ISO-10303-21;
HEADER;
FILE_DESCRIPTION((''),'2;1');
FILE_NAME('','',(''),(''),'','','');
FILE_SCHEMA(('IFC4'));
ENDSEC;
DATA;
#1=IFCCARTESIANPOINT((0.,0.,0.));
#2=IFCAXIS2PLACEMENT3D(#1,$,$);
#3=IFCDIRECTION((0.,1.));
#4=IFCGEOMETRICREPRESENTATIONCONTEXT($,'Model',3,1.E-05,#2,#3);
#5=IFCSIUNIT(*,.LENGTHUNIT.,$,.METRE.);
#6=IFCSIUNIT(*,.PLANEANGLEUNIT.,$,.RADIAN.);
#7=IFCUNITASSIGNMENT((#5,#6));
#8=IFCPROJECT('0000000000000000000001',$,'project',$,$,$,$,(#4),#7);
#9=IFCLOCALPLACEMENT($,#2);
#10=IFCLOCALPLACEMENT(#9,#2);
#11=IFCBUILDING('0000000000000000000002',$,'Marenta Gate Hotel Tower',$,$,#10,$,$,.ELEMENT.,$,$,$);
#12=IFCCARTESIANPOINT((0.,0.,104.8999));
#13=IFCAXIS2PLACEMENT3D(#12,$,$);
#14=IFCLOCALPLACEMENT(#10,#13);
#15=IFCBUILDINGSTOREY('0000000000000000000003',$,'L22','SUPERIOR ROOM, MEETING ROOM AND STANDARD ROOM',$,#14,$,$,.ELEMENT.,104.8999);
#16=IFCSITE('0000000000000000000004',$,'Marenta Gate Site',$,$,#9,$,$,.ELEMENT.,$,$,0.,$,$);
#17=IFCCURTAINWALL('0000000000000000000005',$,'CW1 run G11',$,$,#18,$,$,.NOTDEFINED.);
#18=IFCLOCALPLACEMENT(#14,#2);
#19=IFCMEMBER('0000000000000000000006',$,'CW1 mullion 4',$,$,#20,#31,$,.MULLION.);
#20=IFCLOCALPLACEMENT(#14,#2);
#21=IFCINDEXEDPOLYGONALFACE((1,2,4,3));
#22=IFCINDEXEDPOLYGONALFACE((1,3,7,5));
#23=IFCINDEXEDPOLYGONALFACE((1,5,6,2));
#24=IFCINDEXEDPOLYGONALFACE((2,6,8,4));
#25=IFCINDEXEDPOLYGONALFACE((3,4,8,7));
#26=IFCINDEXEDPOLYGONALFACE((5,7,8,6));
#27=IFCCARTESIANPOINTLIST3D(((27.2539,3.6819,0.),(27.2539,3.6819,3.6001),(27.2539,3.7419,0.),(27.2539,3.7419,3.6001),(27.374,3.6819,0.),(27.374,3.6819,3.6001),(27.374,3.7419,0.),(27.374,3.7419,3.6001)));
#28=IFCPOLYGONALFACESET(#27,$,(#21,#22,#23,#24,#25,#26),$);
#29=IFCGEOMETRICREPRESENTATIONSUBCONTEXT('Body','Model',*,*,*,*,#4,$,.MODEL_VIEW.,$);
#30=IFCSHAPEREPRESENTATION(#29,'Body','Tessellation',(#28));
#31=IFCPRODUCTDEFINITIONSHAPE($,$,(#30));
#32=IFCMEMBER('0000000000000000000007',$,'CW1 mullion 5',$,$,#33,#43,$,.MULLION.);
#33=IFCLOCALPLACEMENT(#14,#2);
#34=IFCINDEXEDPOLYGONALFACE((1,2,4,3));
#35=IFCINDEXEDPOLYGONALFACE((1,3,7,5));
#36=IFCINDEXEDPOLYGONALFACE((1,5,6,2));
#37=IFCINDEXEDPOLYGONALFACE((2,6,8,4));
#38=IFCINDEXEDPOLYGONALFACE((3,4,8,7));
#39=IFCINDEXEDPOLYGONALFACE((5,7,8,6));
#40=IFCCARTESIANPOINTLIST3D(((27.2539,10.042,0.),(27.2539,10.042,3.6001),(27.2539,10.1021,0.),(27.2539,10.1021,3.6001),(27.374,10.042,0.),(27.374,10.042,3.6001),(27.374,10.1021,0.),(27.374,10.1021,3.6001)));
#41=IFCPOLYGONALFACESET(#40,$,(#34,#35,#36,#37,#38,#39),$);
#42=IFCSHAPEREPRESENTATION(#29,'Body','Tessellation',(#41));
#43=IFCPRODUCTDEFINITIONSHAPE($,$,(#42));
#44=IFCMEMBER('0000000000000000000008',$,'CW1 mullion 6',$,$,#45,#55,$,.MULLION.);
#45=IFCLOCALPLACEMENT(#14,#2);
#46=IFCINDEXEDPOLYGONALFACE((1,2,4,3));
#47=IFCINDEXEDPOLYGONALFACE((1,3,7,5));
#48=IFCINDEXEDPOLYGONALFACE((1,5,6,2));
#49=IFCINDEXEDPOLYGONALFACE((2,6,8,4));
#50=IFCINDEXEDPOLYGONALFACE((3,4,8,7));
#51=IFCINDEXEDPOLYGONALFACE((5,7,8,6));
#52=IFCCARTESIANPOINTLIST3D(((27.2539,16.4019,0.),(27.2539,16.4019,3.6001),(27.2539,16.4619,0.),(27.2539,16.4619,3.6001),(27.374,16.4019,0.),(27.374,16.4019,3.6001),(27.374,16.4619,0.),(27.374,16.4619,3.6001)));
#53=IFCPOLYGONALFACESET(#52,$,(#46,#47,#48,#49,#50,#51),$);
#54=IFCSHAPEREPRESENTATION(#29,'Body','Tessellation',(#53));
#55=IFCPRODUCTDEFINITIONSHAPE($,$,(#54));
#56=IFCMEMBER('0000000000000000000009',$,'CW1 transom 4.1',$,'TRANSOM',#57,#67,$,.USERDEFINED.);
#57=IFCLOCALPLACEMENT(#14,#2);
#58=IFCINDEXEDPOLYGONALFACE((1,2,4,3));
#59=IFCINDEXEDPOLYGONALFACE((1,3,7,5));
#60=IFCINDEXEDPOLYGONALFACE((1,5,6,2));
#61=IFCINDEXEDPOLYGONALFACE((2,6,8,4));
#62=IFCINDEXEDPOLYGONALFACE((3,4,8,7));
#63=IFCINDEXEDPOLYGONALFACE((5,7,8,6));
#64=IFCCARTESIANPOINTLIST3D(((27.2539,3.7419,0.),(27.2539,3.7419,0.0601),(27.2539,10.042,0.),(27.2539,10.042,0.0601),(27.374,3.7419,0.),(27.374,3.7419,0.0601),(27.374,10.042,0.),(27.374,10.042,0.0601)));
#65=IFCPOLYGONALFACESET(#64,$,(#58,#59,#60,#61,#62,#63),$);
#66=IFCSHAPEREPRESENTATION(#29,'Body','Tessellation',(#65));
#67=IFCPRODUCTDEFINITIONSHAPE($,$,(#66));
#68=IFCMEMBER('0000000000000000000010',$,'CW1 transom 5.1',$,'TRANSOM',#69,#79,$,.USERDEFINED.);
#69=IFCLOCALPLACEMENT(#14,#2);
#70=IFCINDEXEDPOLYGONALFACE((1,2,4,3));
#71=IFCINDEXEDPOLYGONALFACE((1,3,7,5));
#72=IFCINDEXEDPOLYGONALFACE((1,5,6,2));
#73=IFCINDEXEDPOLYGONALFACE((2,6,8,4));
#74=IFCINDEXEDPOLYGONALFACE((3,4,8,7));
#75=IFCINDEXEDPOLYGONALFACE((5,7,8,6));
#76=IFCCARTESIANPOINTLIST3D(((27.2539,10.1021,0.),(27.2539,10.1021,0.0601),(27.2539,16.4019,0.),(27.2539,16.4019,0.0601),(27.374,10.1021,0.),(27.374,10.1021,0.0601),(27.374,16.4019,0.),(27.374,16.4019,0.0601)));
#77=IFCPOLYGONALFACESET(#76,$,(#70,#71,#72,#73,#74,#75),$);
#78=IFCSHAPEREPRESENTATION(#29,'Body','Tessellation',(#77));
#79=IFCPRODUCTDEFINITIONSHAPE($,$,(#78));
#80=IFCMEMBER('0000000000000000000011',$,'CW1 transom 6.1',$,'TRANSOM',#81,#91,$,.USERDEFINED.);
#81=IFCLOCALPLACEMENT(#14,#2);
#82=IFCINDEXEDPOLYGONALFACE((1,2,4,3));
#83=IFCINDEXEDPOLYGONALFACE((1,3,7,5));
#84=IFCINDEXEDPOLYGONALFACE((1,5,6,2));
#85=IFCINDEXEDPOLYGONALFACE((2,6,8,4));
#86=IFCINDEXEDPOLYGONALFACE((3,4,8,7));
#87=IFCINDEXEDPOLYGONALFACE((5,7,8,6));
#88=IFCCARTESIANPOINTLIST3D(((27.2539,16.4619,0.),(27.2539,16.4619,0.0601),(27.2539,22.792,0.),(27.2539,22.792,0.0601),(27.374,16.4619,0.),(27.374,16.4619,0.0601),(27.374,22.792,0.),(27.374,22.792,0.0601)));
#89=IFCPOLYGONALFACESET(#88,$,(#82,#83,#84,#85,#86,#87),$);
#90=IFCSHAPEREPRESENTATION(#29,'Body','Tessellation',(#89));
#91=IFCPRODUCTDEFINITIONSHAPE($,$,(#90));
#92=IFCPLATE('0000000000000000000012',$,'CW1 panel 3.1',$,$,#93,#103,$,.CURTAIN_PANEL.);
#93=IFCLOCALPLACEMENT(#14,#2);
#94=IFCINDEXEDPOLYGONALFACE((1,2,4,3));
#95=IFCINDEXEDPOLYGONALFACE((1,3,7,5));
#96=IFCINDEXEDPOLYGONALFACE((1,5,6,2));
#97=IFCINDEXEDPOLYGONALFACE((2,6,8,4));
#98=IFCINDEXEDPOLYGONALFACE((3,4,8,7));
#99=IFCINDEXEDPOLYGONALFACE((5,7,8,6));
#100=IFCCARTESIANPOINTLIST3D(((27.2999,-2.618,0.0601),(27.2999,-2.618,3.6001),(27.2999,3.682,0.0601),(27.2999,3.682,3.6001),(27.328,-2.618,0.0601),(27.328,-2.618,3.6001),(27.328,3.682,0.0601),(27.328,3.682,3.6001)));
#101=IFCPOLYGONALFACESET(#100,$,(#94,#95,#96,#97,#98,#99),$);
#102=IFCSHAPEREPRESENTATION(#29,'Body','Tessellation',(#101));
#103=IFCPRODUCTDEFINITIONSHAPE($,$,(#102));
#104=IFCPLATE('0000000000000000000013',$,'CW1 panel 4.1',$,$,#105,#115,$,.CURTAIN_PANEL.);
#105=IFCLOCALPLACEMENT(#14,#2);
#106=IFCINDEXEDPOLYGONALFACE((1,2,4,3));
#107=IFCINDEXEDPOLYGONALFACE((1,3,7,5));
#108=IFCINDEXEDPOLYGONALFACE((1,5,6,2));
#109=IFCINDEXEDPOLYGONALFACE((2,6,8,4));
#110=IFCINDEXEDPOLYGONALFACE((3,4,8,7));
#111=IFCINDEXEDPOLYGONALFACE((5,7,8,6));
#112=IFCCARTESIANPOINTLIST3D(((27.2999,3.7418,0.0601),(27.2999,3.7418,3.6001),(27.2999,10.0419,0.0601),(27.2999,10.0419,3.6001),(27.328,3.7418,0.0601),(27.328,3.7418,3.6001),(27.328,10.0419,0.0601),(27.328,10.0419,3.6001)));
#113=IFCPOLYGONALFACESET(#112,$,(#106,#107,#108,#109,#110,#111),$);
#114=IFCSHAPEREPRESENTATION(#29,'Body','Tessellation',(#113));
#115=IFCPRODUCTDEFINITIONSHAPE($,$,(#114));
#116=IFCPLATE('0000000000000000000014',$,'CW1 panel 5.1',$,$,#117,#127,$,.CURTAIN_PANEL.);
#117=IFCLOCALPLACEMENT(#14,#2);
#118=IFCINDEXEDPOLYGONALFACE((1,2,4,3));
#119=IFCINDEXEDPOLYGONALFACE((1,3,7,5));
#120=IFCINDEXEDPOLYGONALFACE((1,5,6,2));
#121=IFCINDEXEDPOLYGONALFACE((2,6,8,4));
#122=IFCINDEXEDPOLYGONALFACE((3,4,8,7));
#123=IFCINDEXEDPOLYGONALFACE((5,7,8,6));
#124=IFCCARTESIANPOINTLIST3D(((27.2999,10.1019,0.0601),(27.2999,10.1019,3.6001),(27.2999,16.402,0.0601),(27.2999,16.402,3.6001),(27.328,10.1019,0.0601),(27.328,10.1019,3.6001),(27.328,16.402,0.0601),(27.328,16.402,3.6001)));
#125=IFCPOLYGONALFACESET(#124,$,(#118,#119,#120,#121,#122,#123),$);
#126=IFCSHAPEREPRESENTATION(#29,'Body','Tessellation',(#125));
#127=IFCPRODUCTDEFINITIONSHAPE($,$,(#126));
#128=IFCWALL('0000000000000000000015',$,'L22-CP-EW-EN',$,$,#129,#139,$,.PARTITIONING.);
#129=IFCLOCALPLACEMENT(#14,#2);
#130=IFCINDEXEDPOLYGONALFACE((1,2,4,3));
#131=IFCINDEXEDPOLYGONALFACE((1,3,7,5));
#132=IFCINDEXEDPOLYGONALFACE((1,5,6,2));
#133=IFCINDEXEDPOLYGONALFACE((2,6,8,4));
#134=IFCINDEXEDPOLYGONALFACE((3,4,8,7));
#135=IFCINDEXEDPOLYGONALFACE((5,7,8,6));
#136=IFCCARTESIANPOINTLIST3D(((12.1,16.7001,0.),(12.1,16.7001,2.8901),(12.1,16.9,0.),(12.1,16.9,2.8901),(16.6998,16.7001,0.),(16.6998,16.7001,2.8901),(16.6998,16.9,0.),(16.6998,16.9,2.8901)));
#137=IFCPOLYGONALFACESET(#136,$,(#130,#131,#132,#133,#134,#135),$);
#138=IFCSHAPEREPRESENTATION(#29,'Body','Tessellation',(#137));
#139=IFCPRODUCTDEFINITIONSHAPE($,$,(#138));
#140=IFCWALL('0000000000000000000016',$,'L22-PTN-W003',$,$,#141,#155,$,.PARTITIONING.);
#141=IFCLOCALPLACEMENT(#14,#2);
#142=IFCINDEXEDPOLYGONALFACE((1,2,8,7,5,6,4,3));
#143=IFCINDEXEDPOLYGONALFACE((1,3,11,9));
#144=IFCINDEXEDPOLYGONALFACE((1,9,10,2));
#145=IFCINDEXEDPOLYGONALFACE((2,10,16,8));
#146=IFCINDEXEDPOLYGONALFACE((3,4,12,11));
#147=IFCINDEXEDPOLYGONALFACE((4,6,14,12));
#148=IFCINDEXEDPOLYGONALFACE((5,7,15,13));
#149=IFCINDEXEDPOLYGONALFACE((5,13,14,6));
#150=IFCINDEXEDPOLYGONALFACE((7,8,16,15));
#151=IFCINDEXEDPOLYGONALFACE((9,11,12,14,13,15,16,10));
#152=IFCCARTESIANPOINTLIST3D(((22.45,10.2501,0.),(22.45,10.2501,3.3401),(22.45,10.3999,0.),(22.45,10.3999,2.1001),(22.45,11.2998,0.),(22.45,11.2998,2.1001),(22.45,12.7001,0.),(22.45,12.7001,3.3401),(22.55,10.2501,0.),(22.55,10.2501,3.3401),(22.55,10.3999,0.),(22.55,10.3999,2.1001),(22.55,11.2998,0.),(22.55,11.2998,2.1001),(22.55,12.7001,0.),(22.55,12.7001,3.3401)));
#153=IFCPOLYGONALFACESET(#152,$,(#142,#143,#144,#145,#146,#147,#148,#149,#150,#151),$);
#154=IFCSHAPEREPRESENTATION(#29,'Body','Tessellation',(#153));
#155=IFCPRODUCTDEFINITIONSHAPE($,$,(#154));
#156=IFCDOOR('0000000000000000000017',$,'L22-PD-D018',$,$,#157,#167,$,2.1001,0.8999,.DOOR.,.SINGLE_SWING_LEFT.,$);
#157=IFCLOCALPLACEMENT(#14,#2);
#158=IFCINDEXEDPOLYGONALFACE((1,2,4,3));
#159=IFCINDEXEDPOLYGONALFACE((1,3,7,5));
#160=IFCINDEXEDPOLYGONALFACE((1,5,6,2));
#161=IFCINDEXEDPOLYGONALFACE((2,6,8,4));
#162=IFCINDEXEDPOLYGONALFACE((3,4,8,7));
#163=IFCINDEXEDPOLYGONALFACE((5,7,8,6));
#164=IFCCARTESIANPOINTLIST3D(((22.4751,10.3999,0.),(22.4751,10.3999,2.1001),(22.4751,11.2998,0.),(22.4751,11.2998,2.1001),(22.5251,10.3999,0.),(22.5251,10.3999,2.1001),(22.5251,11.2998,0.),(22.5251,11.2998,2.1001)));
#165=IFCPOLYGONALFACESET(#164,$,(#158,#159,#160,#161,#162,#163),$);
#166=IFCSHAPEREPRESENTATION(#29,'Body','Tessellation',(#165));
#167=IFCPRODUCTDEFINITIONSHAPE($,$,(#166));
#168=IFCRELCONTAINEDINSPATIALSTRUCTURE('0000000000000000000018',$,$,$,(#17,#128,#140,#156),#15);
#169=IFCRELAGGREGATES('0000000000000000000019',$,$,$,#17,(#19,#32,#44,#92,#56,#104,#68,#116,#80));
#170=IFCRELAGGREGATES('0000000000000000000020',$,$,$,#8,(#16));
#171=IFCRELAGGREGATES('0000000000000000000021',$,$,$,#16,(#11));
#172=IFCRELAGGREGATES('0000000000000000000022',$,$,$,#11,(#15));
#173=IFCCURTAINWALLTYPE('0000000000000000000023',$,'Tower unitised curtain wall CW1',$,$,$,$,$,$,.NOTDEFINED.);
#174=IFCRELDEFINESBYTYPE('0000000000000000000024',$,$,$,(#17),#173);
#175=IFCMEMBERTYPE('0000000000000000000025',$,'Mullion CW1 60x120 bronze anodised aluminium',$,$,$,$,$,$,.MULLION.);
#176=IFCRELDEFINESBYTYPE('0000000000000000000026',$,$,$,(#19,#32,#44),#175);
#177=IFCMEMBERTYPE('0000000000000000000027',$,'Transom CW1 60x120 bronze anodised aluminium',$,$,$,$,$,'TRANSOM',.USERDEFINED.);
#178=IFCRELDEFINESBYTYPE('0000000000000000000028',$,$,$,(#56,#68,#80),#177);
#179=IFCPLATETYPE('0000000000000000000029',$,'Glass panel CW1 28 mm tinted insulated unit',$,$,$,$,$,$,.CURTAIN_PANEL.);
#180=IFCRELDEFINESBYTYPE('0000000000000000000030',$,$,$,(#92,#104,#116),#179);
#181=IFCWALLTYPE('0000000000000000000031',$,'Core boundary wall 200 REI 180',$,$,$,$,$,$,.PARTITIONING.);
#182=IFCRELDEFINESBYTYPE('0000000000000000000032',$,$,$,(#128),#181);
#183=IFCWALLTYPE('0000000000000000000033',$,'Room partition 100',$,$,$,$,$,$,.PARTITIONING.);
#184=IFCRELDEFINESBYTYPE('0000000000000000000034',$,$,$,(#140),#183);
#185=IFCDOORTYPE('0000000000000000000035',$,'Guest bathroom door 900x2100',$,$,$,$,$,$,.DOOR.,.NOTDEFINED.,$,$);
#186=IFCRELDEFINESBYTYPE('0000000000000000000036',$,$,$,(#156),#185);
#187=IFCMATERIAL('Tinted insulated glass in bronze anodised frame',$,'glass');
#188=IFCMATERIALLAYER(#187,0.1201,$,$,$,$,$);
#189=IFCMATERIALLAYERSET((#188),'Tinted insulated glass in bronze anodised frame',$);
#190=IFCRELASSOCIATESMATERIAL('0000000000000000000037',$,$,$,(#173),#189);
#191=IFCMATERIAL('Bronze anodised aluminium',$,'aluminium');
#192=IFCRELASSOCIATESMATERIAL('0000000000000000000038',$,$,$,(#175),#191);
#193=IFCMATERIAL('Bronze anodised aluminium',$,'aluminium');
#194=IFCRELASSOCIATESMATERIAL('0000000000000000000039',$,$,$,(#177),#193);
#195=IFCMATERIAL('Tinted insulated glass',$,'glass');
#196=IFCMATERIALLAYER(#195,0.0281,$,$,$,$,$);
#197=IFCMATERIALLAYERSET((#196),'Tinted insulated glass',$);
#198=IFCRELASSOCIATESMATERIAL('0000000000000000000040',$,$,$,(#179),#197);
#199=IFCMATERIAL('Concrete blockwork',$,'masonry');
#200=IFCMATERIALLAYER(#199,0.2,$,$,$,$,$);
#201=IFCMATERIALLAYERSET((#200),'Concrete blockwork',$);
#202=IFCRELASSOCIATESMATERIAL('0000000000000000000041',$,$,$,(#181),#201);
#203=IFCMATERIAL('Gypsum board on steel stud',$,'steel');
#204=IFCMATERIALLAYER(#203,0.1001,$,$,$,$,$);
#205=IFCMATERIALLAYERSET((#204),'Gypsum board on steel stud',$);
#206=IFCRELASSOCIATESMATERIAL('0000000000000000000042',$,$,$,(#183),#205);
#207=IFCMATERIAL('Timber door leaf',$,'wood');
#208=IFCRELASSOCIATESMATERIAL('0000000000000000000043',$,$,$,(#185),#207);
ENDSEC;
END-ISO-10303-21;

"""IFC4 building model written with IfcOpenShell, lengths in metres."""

from ifc_helpers import new_model, si_unit, direction, frame, frame_2d, origin, origin_2d, place, context, subcontext, project, spatial, rectangle, extrude, material, layer, layer_set, material_profile, profile_set, type_object, element, fill, aggregate, save


model = new_model("IFC4")

# Units and contexts
model_context = context("Model", 3, precision=1e-05, world=origin(), true_north=direction((0.0, 1.0)))
body_context = subcontext(model_context, "Body", "Model", "MODEL_VIEW")
ifc_project = project(units=[si_unit("LENGTHUNIT", "METRE"), si_unit("PLANEANGLEUNIT", "RADIAN")], contexts=[model_context])

# Site, building, storey
site_placement = place(None, origin())
site = spatial("IfcSite", under=ifc_project, at=site_placement, Name="Marenta Gate Site", CompositionType="ELEMENT", RefElevation=0.0)
building_placement = place(site_placement, origin())
building = spatial("IfcBuilding", under=site, at=building_placement, Name="Marenta Gate Hotel Tower", CompositionType="ELEMENT")
storey_placement = place(building_placement, frame((0.0, 0.0, 104.8999)))
storey = spatial("IfcBuildingStorey", under=building, at=storey_placement, Name="L22", Description="SUPERIOR ROOM, MEETING ROOM AND STANDARD ROOM", CompositionType="ELEMENT", Elevation=104.8999)

# Curtain wall, members, plates
ifc_material_1 = material(Name="Tinted insulated glass in bronze anodised frame", Category="glass")
ifc_layer_1 = layer(ifc_material_1, 0.1201)
ifc_layer_set_1 = layer_set([ifc_layer_1], Name="Tinted insulated glass in bronze anodised frame")
curtain_wall_type = type_object("IfcCurtainWallType", Name="Tower unitised curtain wall CW1", PredefinedType="NOTDEFINED", material=ifc_layer_set_1)
curtain_wall_placement = place(storey_placement, origin())
curtain_wall = element("IfcCurtainWall", 1, at=curtain_wall_placement, inside=storey, type_object=curtain_wall_type, Name="CW1 run G11", PredefinedType="NOTDEFINED")
ifc_material_2 = material(Name="Bronze anodised aluminium", Category="aluminium")
ifc_material_profile_1 = material_profile(ifc_material_2, rectangle(XDim=0.1201, YDim=0.0601, at=origin_2d()), Name="Mullion CW1 60x120 bronze anodised aluminium")
ifc_profile_set_1 = profile_set([ifc_material_profile_1], Name="Bronze anodised aluminium")
member_type_1 = type_object("IfcMemberType", Name="Mullion CW1 60x120 bronze anodised aluminium", PredefinedType="MULLION", material=ifc_profile_set_1)
member_1_placement = place(storey_placement, frame((27.314, 3.7119, 0.0), z_axis=(0.0, 0.0, 1.0), x_axis=(-1.0, 0.0, 0.0)))
member_1 = element("IfcMember", 2, at=member_1_placement, type_object=member_type_1, Name="CW1 mullion 4", PredefinedType="MULLION", context=body_context, shape_type="SweptSolid", body=[
    extrude(rectangle(XDim=0.1201, YDim=0.0601, at=origin_2d()), origin(), (0.0, 0.0, 1.0), 3.6001),
])
member_2_placement = place(storey_placement, frame((27.314, 10.072, 0.0), z_axis=(0.0, 0.0, 1.0), x_axis=(-1.0, 0.0, 0.0)))
member_2 = element("IfcMember", 3, at=member_2_placement, type_object=member_type_1, Name="CW1 mullion 5", PredefinedType="MULLION", context=body_context, shape_type="SweptSolid", body=[
    extrude(rectangle(XDim=0.1201, YDim=0.0601, at=origin_2d()), origin(), (0.0, 0.0, 1.0), 3.6001),
])
member_3_placement = place(storey_placement, frame((27.314, 16.4319, 0.0), z_axis=(0.0, 0.0, 1.0), x_axis=(-1.0, 0.0, 0.0)))
member_3 = element("IfcMember", 4, at=member_3_placement, type_object=member_type_1, Name="CW1 mullion 6", PredefinedType="MULLION", context=body_context, shape_type="SweptSolid", body=[
    extrude(rectangle(XDim=0.1201, YDim=0.0601, at=origin_2d()), origin(), (0.0, 0.0, 1.0), 3.6001),
])
ifc_material_3 = material(Name="Bronze anodised aluminium", Category="aluminium")
ifc_material_profile_2 = material_profile(ifc_material_3, rectangle(XDim=0.1201, YDim=0.0601, at=origin_2d()), Name="Transom CW1 60x120 bronze anodised aluminium")
ifc_profile_set_2 = profile_set([ifc_material_profile_2], Name="Bronze anodised aluminium")
member_type_2 = type_object("IfcMemberType", Name="Transom CW1 60x120 bronze anodised aluminium", ElementType="TRANSOM", PredefinedType="USERDEFINED", material=ifc_profile_set_2)
member_4_placement = place(storey_placement, frame((27.314, 3.7419, 0.03), z_axis=(0.0, 1.0, 0.0), x_axis=(-1.0, 0.0, 0.0)))
member_4 = element("IfcMember", 5, at=member_4_placement, type_object=member_type_2, Name="CW1 transom 4.1", ObjectType="TRANSOM", PredefinedType="USERDEFINED", context=body_context, shape_type="SweptSolid", body=[
    extrude(rectangle(XDim=0.1201, YDim=0.0601, at=origin_2d()), origin(), (0.0, 0.0, 1.0), 6.3),
])
member_5_placement = place(storey_placement, frame((27.314, 10.1021, 0.03), z_axis=(0.0, 1.0, 0.0), x_axis=(-1.0, 0.0, 0.0)))
member_5 = element("IfcMember", 6, at=member_5_placement, type_object=member_type_2, Name="CW1 transom 5.1", ObjectType="TRANSOM", PredefinedType="USERDEFINED", context=body_context, shape_type="SweptSolid", body=[
    extrude(rectangle(XDim=0.1201, YDim=0.0601, at=origin_2d()), origin(), (0.0, 0.0, 1.0), 6.2998),
])
member_6_placement = place(storey_placement, frame((27.314, 16.4619, 0.03), z_axis=(0.0, 1.0, 0.0), x_axis=(-1.0, 0.0, 0.0)))
member_6 = element("IfcMember", 7, at=member_6_placement, type_object=member_type_2, Name="CW1 transom 6.1", ObjectType="TRANSOM", PredefinedType="USERDEFINED", context=body_context, shape_type="SweptSolid", body=[
    extrude(rectangle(XDim=0.1201, YDim=0.0601, at=origin_2d()), origin(), (0.0, 0.0, 1.0), 6.3301),
])
ifc_material_4 = material(Name="Tinted insulated glass", Category="glass")
ifc_layer_2 = layer(ifc_material_4, 0.0281)
ifc_layer_set_2 = layer_set([ifc_layer_2], Name="Tinted insulated glass")
plate_type = type_object("IfcPlateType", Name="Glass panel CW1 28 mm tinted insulated unit", PredefinedType="CURTAIN_PANEL", material=ifc_layer_set_2)
plate_1_placement = place(storey_placement, frame((27.314, 0.532, 0.0601), z_axis=(0.0, 0.0, 1.0), x_axis=(0.0, 1.0, 0.0)))
plate_1 = element("IfcPlate", 8, at=plate_1_placement, type_object=plate_type, Name="CW1 panel 3.1", PredefinedType="CURTAIN_PANEL", context=body_context, shape_type="SweptSolid", body=[
    extrude(rectangle(XDim=6.3, YDim=0.0281, at=origin_2d()), origin(), (0.0, 0.0, 1.0), 3.54),
])
plate_2_placement = place(storey_placement, frame((27.314, 6.8918, 0.0601), z_axis=(0.0, 0.0, 1.0), x_axis=(0.0, 1.0, 0.0)))
plate_2 = element("IfcPlate", 9, at=plate_2_placement, type_object=plate_type, Name="CW1 panel 4.1", PredefinedType="CURTAIN_PANEL", context=body_context, shape_type="SweptSolid", body=[
    extrude(rectangle(XDim=6.3, YDim=0.0281, at=origin_2d()), origin(), (0.0, 0.0, 1.0), 3.54),
])
plate_3_placement = place(storey_placement, frame((27.314, 13.252, 0.0601), z_axis=(0.0, 0.0, 1.0), x_axis=(0.0, 1.0, 0.0)))
plate_3 = element("IfcPlate", 10, at=plate_3_placement, type_object=plate_type, Name="CW1 panel 5.1", PredefinedType="CURTAIN_PANEL", context=body_context, shape_type="SweptSolid", body=[
    extrude(rectangle(XDim=6.3, YDim=0.0281, at=origin_2d()), origin(), (0.0, 0.0, 1.0), 3.54),
])
aggregate(curtain_wall, [member_1, member_2, member_3, plate_1, member_4, plate_2, member_5, plate_3, member_6])

# Wall
ifc_material_5 = material(Name="Concrete blockwork", Category="masonry")
ifc_layer_3 = layer(ifc_material_5, 0.2)
ifc_layer_set_3 = layer_set([ifc_layer_3], Name="Concrete blockwork")
wall_type_1 = type_object("IfcWallType", Name="Core boundary wall 200 REI 180", PredefinedType="PARTITIONING", material=ifc_layer_set_3)
wall_1_placement = place(storey_placement, frame((12.1001, 16.8, 0.0), z_axis=(0.0, 0.0, 1.0), x_axis=(1.0, 0.0, 0.0)))
element("IfcWall", 11, at=wall_1_placement, inside=storey, type_object=wall_type_1, Name="L22-CP-EW-EN", PredefinedType="PARTITIONING", context=body_context, shape_type="SweptSolid", body=[
    extrude(rectangle(XDim=4.5999, YDim=0.2, at=frame_2d((2.2998, 0.0))), origin(), (0.0, 0.0, 1.0), 2.8901),
])

# Wall, opening, door
ifc_material_6 = material(Name="Gypsum board on steel stud", Category="steel")
ifc_layer_4 = layer(ifc_material_6, 0.1001)
ifc_layer_set_4 = layer_set([ifc_layer_4], Name="Gypsum board on steel stud")
wall_type_2 = type_object("IfcWallType", Name="Room partition 100", PredefinedType="PARTITIONING", material=ifc_layer_set_4)
wall_2_placement = place(storey_placement, frame((22.5, 10.25, 0.0), z_axis=(0.0, 0.0, 1.0), x_axis=(0.0, 1.0, 0.0)))
wall_2 = element("IfcWall", 12, at=wall_2_placement, inside=storey, type_object=wall_type_2, Name="L22-PTN-W003", PredefinedType="PARTITIONING", context=body_context, shape_type="SweptSolid", body=[
    extrude(rectangle(XDim=2.45, YDim=0.1001, at=frame_2d((1.2251, 0.0))), origin(), (0.0, 0.0, 1.0), 3.3401),
])
opening_1_placement = place(wall_2_placement, frame((0.1499, 0.0, 0.0)))
opening_1 = element("IfcOpeningElement", 13, at=opening_1_placement, cuts=wall_2, PredefinedType="OPENING", context=body_context, shape_type="SweptSolid", body=[
    extrude(rectangle(XDim=0.8999, YDim=2.1001, at=frame_2d((0.45, 1.05))), frame((0.0, 0.05, 0.0), z_axis=(0.0, -1.0, 0.0), x_axis=(1.0, 0.0, 0.0)), (0.0, 0.0, 1.0), 0.1001),
])
ifc_material_7 = material(Name="Timber door leaf", Category="wood")
door_type = type_object("IfcDoorType", Name="Guest bathroom door 900x2100", OperationType="NOTDEFINED", PredefinedType="DOOR", material=ifc_material_7)
door_1_placement = place(opening_1_placement, origin())
door_1 = element("IfcDoor", 14, at=door_1_placement, inside=storey, type_object=door_type, Name="L22-PD-D018", OperationType="SINGLE_SWING_LEFT", OverallHeight=2.1001, OverallWidth=0.8999, PredefinedType="DOOR", context=body_context, shape_type="SweptSolid", body=[
    extrude(rectangle(XDim=0.8999, YDim=2.1001, at=frame_2d((0.45, 1.05))), frame((0.0, 0.0249, 0.0), z_axis=(0.0, -1.0, 0.0), x_axis=(1.0, 0.0, 0.0)), (0.0, 0.0, 1.0), 0.05),
])
fill(opening_1, door_1)

save(model, "model.ifc")
